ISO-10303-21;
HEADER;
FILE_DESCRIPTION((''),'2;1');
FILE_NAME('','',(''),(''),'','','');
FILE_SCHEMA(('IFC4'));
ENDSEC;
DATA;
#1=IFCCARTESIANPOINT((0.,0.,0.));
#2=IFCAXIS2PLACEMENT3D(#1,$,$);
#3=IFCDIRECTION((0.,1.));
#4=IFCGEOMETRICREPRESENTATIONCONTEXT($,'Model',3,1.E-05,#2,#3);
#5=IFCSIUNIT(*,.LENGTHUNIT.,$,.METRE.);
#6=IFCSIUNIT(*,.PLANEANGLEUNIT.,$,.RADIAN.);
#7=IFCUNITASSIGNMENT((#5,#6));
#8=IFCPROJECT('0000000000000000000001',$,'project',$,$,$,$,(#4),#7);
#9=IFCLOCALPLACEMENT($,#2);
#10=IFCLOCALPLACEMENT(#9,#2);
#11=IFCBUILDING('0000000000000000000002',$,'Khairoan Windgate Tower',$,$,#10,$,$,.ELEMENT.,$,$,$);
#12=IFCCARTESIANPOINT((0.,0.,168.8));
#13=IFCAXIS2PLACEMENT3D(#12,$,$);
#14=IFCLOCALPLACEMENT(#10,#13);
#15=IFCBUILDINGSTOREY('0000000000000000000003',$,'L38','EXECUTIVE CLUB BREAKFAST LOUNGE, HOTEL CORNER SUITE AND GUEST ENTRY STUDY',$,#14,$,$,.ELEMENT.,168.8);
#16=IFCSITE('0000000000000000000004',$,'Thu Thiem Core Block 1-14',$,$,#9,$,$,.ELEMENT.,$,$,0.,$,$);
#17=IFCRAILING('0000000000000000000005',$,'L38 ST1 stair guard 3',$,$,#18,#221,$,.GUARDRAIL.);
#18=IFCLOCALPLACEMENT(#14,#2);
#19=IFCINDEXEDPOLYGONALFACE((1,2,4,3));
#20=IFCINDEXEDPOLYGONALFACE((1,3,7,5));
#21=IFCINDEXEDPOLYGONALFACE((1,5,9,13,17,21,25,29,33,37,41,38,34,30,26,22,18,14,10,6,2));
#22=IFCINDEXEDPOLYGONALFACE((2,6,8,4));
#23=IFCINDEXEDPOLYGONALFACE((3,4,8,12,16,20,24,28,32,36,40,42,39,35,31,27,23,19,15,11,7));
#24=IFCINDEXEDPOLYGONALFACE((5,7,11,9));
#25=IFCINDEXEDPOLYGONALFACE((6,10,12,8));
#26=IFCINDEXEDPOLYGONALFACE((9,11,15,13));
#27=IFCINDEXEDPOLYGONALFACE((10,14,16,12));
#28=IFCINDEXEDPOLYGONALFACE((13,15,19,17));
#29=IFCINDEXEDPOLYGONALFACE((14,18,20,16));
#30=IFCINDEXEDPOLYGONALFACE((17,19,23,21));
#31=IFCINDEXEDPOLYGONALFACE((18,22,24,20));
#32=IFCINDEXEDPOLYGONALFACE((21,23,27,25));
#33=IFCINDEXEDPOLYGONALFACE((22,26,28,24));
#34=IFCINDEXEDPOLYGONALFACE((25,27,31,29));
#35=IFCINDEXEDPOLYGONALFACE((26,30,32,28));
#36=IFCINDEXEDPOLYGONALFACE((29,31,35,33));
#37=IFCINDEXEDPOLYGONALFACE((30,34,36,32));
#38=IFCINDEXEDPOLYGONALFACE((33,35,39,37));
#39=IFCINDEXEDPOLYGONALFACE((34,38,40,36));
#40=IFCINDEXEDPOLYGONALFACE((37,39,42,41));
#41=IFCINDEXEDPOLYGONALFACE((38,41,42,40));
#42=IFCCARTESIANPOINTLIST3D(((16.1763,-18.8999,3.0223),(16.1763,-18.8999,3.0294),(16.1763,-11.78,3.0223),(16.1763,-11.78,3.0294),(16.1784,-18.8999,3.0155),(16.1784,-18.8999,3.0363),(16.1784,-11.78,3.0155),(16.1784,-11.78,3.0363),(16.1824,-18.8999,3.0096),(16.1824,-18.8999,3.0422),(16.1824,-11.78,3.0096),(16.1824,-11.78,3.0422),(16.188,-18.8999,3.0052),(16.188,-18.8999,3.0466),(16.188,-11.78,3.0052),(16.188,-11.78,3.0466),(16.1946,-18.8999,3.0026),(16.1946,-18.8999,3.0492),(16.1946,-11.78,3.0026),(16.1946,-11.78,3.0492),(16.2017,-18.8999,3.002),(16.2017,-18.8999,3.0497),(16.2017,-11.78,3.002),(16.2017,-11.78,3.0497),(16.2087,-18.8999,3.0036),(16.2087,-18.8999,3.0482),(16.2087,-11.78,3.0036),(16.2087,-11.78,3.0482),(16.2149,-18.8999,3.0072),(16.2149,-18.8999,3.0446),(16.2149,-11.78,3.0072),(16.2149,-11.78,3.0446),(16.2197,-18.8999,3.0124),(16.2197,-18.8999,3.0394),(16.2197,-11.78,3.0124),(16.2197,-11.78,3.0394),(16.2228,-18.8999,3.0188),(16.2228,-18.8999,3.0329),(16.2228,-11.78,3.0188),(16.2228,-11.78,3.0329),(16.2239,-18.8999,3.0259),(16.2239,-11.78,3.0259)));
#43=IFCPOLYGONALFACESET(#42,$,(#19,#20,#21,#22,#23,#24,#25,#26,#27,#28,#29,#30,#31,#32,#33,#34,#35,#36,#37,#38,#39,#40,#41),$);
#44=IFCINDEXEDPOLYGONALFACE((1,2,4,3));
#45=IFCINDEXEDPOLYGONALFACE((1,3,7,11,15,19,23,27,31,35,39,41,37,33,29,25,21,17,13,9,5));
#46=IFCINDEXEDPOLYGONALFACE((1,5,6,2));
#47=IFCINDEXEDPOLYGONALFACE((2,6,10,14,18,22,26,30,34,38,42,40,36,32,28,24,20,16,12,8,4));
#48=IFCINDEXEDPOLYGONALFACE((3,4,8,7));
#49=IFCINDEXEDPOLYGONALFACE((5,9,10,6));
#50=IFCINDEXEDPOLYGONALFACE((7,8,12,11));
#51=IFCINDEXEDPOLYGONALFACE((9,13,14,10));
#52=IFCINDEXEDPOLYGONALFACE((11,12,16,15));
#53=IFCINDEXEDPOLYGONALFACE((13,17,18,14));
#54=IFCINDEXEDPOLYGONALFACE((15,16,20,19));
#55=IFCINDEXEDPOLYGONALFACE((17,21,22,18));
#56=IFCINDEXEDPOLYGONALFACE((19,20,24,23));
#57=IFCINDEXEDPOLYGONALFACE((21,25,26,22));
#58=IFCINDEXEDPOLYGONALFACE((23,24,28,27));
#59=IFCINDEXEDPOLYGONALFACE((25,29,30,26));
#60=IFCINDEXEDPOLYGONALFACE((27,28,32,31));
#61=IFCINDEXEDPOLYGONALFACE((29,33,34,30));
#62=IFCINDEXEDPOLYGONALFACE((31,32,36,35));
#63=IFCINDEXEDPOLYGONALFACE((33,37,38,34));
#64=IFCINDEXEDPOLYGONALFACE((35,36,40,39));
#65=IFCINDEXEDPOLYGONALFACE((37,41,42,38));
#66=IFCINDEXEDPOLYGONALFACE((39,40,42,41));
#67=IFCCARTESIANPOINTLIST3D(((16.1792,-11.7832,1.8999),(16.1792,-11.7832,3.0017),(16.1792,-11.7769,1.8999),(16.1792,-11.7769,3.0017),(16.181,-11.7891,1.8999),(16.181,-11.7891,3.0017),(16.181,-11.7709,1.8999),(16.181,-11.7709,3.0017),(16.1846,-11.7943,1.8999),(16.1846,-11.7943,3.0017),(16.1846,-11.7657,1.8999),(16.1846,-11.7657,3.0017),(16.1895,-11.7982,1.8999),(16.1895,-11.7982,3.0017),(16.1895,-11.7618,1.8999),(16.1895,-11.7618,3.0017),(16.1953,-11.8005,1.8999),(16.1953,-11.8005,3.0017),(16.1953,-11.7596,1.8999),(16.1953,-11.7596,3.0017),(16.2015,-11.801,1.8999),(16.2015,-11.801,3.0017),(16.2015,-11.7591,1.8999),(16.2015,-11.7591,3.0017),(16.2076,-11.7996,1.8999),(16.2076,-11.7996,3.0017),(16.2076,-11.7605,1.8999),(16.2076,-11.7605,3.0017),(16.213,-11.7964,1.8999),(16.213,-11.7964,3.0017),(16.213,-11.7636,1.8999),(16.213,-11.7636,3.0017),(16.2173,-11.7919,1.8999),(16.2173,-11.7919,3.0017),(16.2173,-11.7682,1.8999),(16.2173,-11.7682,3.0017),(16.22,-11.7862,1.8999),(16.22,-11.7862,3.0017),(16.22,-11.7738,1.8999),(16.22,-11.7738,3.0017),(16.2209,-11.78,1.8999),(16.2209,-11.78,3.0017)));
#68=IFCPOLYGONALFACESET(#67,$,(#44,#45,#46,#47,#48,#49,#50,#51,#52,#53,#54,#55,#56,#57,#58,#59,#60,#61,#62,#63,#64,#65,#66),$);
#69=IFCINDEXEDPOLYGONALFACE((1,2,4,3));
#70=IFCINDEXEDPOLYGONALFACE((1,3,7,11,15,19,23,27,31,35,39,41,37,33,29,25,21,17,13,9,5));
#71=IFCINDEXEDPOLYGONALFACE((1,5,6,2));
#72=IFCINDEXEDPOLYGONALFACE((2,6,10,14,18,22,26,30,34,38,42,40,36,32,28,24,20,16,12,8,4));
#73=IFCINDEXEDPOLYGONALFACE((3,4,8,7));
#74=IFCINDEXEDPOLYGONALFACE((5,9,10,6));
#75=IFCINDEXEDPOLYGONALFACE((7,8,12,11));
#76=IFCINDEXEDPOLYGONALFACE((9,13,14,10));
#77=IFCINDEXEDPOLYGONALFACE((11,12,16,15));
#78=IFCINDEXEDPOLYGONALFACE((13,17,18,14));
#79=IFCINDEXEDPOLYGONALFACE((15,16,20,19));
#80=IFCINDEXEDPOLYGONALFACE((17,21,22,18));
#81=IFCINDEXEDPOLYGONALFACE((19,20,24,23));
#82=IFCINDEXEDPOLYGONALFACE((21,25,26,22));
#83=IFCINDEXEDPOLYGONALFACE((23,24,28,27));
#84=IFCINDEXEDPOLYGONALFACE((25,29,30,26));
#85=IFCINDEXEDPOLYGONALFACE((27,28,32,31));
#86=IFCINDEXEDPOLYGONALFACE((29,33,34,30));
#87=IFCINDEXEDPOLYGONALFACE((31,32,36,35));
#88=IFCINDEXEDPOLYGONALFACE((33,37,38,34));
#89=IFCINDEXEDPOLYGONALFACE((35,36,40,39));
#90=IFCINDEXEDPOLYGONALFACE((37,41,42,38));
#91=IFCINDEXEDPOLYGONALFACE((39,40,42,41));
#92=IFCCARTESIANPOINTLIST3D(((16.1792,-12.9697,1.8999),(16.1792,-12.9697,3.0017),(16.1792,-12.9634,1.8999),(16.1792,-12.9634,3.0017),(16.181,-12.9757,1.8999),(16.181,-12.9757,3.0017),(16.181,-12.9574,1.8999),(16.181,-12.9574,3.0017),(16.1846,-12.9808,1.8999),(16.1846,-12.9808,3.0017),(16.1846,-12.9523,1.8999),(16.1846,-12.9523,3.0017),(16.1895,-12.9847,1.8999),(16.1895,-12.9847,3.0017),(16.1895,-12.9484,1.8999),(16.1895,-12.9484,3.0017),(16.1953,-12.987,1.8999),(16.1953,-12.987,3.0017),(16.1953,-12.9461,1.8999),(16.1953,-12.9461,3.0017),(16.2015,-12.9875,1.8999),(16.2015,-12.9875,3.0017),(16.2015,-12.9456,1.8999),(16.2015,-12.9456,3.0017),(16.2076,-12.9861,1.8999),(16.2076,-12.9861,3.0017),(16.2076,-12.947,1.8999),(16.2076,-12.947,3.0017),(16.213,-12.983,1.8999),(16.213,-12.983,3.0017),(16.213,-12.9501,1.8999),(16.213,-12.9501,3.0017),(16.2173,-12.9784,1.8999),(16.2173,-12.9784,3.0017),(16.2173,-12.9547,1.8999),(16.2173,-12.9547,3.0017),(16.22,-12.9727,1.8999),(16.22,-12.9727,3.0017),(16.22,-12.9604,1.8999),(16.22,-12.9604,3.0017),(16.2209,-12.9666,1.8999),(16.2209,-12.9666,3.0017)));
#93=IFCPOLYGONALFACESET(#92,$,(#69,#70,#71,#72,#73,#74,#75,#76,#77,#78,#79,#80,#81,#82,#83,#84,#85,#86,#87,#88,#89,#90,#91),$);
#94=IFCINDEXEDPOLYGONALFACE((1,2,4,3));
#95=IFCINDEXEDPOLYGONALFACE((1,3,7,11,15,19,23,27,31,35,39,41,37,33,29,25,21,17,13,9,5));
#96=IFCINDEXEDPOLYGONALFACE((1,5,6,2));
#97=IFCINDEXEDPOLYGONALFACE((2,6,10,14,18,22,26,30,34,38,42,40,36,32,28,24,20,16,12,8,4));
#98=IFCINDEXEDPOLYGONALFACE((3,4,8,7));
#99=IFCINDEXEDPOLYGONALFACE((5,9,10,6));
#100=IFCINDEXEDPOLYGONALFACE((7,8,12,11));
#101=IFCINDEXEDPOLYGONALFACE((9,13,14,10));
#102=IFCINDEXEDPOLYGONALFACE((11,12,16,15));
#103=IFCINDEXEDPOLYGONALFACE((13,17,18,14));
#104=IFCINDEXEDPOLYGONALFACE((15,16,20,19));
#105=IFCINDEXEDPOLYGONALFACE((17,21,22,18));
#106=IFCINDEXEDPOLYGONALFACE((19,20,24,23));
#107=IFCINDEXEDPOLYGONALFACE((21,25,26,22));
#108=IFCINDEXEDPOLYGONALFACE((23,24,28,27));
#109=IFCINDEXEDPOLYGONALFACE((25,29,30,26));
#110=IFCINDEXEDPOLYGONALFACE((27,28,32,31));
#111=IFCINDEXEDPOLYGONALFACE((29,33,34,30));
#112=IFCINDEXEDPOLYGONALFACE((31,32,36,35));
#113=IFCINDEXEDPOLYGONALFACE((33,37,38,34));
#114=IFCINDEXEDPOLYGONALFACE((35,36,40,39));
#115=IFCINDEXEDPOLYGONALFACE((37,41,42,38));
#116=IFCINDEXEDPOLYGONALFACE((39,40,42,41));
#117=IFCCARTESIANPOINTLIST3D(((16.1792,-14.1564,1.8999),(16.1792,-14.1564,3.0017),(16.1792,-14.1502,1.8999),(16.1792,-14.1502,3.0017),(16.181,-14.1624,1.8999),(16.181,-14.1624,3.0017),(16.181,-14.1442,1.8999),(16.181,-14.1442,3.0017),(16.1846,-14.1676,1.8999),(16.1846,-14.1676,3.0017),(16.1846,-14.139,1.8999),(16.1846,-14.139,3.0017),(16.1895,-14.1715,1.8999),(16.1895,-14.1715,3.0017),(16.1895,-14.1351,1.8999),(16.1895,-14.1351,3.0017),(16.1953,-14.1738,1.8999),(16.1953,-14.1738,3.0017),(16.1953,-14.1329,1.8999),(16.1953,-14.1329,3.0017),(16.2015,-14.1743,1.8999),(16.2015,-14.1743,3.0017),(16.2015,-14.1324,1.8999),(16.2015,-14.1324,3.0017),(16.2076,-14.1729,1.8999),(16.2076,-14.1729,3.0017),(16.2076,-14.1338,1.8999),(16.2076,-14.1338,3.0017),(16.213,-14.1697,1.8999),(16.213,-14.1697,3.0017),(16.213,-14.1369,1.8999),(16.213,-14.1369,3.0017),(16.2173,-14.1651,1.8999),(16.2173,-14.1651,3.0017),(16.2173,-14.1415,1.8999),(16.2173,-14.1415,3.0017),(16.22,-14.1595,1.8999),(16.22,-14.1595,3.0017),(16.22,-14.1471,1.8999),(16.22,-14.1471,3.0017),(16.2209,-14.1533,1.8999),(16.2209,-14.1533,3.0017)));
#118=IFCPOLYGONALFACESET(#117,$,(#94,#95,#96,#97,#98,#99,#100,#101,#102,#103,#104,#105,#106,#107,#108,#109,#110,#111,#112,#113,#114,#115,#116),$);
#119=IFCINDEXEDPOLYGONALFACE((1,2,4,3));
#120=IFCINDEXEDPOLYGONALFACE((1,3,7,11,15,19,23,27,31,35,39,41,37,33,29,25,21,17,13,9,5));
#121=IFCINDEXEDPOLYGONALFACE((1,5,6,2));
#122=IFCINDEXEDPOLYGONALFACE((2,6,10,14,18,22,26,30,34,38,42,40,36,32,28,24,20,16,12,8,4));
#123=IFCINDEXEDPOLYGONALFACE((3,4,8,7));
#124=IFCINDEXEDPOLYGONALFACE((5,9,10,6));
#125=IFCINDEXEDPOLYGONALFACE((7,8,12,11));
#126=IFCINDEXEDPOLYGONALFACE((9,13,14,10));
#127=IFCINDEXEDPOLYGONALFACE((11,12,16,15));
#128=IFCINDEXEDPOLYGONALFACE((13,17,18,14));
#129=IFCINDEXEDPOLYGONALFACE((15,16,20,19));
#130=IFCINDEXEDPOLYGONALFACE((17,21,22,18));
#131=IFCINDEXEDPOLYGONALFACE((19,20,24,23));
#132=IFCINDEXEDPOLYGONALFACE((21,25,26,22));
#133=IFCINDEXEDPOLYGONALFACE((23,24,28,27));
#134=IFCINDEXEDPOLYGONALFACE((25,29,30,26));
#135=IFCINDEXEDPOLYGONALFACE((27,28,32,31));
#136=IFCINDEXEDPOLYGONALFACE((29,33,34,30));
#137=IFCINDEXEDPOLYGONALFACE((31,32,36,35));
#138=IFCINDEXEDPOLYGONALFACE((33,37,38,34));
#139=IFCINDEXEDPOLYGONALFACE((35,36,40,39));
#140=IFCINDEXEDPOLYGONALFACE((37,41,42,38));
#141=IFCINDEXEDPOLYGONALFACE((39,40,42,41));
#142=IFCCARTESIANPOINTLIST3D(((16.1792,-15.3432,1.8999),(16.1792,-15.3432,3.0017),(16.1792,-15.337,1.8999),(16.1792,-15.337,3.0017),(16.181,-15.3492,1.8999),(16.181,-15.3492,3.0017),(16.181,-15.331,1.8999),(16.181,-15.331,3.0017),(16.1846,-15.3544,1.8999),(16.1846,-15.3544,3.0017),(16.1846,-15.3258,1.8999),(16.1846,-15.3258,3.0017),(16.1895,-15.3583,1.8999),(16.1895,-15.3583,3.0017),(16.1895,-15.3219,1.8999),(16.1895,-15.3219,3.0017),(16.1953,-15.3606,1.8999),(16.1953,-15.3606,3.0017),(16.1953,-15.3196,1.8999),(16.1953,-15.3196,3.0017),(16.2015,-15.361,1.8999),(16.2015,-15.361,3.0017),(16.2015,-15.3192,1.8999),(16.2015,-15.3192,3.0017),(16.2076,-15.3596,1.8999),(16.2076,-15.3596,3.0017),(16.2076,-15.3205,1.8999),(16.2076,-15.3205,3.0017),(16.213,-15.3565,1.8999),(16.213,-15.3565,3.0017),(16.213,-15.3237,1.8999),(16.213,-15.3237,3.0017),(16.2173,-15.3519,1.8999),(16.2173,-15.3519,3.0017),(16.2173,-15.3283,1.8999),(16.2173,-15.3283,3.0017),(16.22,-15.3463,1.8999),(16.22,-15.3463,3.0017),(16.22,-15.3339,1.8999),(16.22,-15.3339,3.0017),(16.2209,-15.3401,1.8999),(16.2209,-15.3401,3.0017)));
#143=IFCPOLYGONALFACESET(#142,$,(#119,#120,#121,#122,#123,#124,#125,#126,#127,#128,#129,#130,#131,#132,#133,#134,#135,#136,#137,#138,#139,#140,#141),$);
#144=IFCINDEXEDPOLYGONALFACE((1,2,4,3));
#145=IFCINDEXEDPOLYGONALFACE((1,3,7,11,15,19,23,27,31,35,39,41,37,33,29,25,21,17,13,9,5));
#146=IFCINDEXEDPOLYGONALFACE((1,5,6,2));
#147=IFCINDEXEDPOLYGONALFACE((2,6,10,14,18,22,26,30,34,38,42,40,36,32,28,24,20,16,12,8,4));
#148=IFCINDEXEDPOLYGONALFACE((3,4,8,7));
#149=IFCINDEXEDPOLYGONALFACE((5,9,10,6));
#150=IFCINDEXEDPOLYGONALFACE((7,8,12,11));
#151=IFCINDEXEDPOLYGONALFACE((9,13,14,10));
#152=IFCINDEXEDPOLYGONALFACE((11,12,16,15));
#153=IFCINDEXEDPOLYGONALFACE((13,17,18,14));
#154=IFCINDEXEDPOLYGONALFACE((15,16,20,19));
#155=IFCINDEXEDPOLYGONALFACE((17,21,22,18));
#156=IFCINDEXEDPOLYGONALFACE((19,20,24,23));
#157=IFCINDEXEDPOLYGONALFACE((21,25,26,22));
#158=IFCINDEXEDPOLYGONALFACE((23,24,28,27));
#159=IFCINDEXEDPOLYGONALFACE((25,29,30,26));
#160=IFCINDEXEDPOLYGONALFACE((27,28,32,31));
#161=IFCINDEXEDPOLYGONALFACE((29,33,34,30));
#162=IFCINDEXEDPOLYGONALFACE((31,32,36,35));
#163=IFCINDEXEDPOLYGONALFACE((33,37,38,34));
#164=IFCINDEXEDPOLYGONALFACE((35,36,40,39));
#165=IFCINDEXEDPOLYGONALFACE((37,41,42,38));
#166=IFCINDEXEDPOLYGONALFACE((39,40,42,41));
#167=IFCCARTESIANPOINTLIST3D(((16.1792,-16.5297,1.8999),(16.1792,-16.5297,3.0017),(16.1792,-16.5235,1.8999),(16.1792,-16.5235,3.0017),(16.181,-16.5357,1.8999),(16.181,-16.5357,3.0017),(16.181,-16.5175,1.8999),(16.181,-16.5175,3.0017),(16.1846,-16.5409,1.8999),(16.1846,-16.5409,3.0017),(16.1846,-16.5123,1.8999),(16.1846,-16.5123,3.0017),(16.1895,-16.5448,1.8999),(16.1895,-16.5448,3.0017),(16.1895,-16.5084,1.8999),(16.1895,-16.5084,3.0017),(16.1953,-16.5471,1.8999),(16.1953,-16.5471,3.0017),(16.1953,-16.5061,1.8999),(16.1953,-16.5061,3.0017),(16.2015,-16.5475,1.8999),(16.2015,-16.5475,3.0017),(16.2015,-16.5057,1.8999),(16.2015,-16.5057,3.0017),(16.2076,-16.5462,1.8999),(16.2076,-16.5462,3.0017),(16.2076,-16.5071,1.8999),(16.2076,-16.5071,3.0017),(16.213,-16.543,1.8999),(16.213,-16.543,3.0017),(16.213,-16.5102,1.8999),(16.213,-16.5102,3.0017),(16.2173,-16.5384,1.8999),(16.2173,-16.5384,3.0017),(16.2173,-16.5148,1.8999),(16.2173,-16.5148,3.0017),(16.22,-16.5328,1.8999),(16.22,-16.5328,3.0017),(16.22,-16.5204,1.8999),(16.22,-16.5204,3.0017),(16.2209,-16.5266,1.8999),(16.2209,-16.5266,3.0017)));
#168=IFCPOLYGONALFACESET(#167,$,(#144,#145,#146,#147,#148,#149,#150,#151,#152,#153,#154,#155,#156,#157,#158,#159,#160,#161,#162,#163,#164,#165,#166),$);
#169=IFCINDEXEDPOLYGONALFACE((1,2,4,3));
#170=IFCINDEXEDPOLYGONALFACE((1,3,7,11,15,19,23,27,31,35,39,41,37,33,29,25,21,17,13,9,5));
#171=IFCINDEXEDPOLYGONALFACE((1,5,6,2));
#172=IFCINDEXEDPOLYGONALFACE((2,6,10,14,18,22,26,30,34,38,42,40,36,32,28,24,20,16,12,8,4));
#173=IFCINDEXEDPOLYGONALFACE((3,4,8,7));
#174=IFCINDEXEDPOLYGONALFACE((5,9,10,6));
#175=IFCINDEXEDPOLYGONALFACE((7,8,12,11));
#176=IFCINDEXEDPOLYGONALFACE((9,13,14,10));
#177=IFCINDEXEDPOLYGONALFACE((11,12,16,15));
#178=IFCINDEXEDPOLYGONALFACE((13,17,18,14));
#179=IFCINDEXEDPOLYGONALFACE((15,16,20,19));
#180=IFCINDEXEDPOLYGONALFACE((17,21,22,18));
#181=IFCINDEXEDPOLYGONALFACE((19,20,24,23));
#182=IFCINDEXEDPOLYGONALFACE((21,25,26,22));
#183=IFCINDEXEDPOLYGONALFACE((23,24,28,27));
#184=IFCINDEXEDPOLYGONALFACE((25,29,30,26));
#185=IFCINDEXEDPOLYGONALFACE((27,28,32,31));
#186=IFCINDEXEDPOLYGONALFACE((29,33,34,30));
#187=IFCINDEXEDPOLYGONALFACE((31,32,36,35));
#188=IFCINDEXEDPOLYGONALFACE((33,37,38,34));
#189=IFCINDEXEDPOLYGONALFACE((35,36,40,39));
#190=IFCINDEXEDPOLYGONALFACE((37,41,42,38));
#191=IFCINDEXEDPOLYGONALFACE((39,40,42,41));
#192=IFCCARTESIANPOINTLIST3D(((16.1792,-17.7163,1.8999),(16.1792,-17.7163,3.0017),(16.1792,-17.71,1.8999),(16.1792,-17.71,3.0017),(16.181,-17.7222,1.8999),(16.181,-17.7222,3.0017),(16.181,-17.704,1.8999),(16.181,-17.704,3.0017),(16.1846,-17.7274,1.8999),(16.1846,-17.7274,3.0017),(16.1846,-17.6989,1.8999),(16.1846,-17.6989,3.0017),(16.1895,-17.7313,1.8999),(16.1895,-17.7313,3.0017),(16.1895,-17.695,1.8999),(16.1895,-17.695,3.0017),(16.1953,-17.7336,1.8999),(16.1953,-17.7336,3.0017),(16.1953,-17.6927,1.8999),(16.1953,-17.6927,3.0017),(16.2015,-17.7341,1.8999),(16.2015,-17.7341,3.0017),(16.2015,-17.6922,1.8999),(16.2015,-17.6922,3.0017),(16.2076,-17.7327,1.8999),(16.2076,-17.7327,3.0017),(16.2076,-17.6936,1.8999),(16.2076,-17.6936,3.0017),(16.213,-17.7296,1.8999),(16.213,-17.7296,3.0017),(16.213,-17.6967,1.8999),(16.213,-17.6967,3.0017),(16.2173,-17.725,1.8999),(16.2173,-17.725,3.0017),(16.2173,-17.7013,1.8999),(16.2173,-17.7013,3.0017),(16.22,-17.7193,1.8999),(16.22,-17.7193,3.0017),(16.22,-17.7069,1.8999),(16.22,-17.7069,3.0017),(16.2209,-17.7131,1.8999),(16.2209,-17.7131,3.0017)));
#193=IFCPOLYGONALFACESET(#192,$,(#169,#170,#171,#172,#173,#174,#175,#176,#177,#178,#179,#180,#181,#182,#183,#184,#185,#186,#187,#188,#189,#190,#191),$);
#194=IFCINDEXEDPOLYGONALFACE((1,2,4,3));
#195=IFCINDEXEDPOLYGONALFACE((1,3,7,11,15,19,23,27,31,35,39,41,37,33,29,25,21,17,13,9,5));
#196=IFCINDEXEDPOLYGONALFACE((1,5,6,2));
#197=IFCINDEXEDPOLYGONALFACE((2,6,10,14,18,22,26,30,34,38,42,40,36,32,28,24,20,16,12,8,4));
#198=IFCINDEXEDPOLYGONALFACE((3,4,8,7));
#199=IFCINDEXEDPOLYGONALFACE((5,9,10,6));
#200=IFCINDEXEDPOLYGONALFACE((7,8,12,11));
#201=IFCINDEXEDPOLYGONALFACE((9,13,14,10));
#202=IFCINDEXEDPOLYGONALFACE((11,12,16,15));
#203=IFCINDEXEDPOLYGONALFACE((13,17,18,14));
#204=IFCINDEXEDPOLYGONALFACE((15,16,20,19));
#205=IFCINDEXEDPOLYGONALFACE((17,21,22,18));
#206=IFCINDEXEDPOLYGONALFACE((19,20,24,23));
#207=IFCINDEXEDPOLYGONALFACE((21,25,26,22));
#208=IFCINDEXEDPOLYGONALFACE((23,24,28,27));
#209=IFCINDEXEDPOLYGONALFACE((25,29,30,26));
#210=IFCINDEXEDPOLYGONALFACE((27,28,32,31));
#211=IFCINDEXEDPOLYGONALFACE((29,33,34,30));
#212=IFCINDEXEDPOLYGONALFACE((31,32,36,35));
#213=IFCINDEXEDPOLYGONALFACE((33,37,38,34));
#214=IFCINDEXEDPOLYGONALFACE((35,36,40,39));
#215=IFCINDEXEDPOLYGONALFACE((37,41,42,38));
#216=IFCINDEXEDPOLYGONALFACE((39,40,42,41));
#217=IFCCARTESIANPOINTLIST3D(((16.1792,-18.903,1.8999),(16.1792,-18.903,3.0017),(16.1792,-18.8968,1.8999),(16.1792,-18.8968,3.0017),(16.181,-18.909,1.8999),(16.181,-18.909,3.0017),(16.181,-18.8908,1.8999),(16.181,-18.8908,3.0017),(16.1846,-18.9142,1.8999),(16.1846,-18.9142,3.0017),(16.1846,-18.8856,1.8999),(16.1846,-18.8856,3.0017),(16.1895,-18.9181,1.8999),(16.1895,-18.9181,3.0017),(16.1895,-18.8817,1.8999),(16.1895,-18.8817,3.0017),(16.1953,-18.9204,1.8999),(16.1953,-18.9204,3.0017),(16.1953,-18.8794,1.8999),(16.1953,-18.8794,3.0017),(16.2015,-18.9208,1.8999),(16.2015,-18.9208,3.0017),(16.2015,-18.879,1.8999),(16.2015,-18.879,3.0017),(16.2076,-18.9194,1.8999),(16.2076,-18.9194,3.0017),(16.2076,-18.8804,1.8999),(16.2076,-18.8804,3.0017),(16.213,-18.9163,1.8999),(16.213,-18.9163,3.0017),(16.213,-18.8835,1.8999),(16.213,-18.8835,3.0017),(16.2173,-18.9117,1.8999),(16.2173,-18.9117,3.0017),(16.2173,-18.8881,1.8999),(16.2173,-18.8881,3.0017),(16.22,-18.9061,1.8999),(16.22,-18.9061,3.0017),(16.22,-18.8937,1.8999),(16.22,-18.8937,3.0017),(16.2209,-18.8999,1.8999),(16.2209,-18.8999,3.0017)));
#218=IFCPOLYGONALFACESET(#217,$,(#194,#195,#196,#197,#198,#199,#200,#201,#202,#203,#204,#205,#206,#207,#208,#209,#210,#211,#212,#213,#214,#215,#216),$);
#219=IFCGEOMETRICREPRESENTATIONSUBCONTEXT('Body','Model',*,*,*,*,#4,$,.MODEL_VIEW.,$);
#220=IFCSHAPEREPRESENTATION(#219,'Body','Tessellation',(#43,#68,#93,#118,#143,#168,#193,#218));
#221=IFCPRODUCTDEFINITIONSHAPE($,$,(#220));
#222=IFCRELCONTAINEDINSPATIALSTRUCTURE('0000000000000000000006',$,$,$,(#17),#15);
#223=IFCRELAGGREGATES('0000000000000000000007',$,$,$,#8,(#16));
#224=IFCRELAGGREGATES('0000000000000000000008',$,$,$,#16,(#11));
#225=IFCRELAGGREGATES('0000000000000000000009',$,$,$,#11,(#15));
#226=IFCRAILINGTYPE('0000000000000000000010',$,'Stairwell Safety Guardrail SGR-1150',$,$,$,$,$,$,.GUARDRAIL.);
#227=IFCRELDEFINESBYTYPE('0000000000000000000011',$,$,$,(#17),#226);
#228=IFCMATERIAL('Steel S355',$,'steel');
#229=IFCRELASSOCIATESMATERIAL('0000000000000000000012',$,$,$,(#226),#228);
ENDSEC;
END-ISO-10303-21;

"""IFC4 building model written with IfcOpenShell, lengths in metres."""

from ifc_helpers import new_model, si_unit, direction, frame, origin, origin_2d, place, context, subcontext, project, spatial, circle, extrude, material, type_object, element, save


model = new_model("IFC4")

# Units and contexts
model_context = context("Model", 3, precision=1e-05, world=origin(), true_north=direction((0.0, 1.0)))
body_context = subcontext(model_context, "Body", "Model", "MODEL_VIEW")
ifc_project = project(units=[si_unit("LENGTHUNIT", "METRE"), si_unit("PLANEANGLEUNIT", "RADIAN")], contexts=[model_context])

# Site, building, storey
site_placement = place(None, origin())
site = spatial("IfcSite", under=ifc_project, at=site_placement, Name="Thu Thiem Core Block 1-14", CompositionType="ELEMENT", RefElevation=0.0)
building_placement = place(site_placement, origin())
building = spatial("IfcBuilding", under=site, at=building_placement, Name="Khairoan Windgate Tower", CompositionType="ELEMENT")
storey_placement = place(building_placement, frame((0.0, 0.0, 168.8)))
storey = spatial("IfcBuildingStorey", under=building, at=storey_placement, Name="L38", Description="EXECUTIVE CLUB BREAKFAST LOUNGE, HOTEL CORNER SUITE AND GUEST ENTRY STUDY", CompositionType="ELEMENT", Elevation=168.8)

# Railing
ifc_material_1 = material(Name="Steel S355", Category="steel")
railing_type = type_object("IfcRailingType", Name="Stairwell Safety Guardrail SGR-1150", PredefinedType="GUARDRAIL", material=ifc_material_1)
railing_1_placement = place(storey_placement, frame((16.2, -11.78, 1.8999)))
element("IfcRailing", 1, at=railing_1_placement, inside=storey, type_object=railing_type, Name="L38 ST1 stair guard 3", PredefinedType="GUARDRAIL", context=body_context, shape_type="SweptSolid", body=[
    extrude(circle(Radius=0.0239, at=origin_2d()), frame((0.0, 0.0, 1.126), z_axis=(0.0, -1.0, 0.0), x_axis=(1.0, 0.0, 0.0)), (0.0, 0.0, 1.0), 7.1199),
    extrude(circle(Radius=0.021, at=origin_2d()), origin(), (0.0, 0.0, 1.0), 1.1018),
    extrude(circle(Radius=0.021, at=origin_2d()), frame((0.0, -1.1865, 0.0)), (0.0, 0.0, 1.0), 1.1018),
    extrude(circle(Radius=0.021, at=origin_2d()), frame((0.0, -2.3733, 0.0)), (0.0, 0.0, 1.0), 1.1018),
    extrude(circle(Radius=0.021, at=origin_2d()), frame((0.0, -3.5601, 0.0)), (0.0, 0.0, 1.0), 1.1018),
    extrude(circle(Radius=0.021, at=origin_2d()), frame((0.0, -4.7466, 0.0)), (0.0, 0.0, 1.0), 1.1018),
    extrude(circle(Radius=0.021, at=origin_2d()), frame((0.0, -5.9331, 0.0)), (0.0, 0.0, 1.0), 1.1018),
    extrude(circle(Radius=0.021, at=origin_2d()), frame((0.0, -7.1199, 0.0)), (0.0, 0.0, 1.0), 1.1018),
])

save(model, "model.ifc")
